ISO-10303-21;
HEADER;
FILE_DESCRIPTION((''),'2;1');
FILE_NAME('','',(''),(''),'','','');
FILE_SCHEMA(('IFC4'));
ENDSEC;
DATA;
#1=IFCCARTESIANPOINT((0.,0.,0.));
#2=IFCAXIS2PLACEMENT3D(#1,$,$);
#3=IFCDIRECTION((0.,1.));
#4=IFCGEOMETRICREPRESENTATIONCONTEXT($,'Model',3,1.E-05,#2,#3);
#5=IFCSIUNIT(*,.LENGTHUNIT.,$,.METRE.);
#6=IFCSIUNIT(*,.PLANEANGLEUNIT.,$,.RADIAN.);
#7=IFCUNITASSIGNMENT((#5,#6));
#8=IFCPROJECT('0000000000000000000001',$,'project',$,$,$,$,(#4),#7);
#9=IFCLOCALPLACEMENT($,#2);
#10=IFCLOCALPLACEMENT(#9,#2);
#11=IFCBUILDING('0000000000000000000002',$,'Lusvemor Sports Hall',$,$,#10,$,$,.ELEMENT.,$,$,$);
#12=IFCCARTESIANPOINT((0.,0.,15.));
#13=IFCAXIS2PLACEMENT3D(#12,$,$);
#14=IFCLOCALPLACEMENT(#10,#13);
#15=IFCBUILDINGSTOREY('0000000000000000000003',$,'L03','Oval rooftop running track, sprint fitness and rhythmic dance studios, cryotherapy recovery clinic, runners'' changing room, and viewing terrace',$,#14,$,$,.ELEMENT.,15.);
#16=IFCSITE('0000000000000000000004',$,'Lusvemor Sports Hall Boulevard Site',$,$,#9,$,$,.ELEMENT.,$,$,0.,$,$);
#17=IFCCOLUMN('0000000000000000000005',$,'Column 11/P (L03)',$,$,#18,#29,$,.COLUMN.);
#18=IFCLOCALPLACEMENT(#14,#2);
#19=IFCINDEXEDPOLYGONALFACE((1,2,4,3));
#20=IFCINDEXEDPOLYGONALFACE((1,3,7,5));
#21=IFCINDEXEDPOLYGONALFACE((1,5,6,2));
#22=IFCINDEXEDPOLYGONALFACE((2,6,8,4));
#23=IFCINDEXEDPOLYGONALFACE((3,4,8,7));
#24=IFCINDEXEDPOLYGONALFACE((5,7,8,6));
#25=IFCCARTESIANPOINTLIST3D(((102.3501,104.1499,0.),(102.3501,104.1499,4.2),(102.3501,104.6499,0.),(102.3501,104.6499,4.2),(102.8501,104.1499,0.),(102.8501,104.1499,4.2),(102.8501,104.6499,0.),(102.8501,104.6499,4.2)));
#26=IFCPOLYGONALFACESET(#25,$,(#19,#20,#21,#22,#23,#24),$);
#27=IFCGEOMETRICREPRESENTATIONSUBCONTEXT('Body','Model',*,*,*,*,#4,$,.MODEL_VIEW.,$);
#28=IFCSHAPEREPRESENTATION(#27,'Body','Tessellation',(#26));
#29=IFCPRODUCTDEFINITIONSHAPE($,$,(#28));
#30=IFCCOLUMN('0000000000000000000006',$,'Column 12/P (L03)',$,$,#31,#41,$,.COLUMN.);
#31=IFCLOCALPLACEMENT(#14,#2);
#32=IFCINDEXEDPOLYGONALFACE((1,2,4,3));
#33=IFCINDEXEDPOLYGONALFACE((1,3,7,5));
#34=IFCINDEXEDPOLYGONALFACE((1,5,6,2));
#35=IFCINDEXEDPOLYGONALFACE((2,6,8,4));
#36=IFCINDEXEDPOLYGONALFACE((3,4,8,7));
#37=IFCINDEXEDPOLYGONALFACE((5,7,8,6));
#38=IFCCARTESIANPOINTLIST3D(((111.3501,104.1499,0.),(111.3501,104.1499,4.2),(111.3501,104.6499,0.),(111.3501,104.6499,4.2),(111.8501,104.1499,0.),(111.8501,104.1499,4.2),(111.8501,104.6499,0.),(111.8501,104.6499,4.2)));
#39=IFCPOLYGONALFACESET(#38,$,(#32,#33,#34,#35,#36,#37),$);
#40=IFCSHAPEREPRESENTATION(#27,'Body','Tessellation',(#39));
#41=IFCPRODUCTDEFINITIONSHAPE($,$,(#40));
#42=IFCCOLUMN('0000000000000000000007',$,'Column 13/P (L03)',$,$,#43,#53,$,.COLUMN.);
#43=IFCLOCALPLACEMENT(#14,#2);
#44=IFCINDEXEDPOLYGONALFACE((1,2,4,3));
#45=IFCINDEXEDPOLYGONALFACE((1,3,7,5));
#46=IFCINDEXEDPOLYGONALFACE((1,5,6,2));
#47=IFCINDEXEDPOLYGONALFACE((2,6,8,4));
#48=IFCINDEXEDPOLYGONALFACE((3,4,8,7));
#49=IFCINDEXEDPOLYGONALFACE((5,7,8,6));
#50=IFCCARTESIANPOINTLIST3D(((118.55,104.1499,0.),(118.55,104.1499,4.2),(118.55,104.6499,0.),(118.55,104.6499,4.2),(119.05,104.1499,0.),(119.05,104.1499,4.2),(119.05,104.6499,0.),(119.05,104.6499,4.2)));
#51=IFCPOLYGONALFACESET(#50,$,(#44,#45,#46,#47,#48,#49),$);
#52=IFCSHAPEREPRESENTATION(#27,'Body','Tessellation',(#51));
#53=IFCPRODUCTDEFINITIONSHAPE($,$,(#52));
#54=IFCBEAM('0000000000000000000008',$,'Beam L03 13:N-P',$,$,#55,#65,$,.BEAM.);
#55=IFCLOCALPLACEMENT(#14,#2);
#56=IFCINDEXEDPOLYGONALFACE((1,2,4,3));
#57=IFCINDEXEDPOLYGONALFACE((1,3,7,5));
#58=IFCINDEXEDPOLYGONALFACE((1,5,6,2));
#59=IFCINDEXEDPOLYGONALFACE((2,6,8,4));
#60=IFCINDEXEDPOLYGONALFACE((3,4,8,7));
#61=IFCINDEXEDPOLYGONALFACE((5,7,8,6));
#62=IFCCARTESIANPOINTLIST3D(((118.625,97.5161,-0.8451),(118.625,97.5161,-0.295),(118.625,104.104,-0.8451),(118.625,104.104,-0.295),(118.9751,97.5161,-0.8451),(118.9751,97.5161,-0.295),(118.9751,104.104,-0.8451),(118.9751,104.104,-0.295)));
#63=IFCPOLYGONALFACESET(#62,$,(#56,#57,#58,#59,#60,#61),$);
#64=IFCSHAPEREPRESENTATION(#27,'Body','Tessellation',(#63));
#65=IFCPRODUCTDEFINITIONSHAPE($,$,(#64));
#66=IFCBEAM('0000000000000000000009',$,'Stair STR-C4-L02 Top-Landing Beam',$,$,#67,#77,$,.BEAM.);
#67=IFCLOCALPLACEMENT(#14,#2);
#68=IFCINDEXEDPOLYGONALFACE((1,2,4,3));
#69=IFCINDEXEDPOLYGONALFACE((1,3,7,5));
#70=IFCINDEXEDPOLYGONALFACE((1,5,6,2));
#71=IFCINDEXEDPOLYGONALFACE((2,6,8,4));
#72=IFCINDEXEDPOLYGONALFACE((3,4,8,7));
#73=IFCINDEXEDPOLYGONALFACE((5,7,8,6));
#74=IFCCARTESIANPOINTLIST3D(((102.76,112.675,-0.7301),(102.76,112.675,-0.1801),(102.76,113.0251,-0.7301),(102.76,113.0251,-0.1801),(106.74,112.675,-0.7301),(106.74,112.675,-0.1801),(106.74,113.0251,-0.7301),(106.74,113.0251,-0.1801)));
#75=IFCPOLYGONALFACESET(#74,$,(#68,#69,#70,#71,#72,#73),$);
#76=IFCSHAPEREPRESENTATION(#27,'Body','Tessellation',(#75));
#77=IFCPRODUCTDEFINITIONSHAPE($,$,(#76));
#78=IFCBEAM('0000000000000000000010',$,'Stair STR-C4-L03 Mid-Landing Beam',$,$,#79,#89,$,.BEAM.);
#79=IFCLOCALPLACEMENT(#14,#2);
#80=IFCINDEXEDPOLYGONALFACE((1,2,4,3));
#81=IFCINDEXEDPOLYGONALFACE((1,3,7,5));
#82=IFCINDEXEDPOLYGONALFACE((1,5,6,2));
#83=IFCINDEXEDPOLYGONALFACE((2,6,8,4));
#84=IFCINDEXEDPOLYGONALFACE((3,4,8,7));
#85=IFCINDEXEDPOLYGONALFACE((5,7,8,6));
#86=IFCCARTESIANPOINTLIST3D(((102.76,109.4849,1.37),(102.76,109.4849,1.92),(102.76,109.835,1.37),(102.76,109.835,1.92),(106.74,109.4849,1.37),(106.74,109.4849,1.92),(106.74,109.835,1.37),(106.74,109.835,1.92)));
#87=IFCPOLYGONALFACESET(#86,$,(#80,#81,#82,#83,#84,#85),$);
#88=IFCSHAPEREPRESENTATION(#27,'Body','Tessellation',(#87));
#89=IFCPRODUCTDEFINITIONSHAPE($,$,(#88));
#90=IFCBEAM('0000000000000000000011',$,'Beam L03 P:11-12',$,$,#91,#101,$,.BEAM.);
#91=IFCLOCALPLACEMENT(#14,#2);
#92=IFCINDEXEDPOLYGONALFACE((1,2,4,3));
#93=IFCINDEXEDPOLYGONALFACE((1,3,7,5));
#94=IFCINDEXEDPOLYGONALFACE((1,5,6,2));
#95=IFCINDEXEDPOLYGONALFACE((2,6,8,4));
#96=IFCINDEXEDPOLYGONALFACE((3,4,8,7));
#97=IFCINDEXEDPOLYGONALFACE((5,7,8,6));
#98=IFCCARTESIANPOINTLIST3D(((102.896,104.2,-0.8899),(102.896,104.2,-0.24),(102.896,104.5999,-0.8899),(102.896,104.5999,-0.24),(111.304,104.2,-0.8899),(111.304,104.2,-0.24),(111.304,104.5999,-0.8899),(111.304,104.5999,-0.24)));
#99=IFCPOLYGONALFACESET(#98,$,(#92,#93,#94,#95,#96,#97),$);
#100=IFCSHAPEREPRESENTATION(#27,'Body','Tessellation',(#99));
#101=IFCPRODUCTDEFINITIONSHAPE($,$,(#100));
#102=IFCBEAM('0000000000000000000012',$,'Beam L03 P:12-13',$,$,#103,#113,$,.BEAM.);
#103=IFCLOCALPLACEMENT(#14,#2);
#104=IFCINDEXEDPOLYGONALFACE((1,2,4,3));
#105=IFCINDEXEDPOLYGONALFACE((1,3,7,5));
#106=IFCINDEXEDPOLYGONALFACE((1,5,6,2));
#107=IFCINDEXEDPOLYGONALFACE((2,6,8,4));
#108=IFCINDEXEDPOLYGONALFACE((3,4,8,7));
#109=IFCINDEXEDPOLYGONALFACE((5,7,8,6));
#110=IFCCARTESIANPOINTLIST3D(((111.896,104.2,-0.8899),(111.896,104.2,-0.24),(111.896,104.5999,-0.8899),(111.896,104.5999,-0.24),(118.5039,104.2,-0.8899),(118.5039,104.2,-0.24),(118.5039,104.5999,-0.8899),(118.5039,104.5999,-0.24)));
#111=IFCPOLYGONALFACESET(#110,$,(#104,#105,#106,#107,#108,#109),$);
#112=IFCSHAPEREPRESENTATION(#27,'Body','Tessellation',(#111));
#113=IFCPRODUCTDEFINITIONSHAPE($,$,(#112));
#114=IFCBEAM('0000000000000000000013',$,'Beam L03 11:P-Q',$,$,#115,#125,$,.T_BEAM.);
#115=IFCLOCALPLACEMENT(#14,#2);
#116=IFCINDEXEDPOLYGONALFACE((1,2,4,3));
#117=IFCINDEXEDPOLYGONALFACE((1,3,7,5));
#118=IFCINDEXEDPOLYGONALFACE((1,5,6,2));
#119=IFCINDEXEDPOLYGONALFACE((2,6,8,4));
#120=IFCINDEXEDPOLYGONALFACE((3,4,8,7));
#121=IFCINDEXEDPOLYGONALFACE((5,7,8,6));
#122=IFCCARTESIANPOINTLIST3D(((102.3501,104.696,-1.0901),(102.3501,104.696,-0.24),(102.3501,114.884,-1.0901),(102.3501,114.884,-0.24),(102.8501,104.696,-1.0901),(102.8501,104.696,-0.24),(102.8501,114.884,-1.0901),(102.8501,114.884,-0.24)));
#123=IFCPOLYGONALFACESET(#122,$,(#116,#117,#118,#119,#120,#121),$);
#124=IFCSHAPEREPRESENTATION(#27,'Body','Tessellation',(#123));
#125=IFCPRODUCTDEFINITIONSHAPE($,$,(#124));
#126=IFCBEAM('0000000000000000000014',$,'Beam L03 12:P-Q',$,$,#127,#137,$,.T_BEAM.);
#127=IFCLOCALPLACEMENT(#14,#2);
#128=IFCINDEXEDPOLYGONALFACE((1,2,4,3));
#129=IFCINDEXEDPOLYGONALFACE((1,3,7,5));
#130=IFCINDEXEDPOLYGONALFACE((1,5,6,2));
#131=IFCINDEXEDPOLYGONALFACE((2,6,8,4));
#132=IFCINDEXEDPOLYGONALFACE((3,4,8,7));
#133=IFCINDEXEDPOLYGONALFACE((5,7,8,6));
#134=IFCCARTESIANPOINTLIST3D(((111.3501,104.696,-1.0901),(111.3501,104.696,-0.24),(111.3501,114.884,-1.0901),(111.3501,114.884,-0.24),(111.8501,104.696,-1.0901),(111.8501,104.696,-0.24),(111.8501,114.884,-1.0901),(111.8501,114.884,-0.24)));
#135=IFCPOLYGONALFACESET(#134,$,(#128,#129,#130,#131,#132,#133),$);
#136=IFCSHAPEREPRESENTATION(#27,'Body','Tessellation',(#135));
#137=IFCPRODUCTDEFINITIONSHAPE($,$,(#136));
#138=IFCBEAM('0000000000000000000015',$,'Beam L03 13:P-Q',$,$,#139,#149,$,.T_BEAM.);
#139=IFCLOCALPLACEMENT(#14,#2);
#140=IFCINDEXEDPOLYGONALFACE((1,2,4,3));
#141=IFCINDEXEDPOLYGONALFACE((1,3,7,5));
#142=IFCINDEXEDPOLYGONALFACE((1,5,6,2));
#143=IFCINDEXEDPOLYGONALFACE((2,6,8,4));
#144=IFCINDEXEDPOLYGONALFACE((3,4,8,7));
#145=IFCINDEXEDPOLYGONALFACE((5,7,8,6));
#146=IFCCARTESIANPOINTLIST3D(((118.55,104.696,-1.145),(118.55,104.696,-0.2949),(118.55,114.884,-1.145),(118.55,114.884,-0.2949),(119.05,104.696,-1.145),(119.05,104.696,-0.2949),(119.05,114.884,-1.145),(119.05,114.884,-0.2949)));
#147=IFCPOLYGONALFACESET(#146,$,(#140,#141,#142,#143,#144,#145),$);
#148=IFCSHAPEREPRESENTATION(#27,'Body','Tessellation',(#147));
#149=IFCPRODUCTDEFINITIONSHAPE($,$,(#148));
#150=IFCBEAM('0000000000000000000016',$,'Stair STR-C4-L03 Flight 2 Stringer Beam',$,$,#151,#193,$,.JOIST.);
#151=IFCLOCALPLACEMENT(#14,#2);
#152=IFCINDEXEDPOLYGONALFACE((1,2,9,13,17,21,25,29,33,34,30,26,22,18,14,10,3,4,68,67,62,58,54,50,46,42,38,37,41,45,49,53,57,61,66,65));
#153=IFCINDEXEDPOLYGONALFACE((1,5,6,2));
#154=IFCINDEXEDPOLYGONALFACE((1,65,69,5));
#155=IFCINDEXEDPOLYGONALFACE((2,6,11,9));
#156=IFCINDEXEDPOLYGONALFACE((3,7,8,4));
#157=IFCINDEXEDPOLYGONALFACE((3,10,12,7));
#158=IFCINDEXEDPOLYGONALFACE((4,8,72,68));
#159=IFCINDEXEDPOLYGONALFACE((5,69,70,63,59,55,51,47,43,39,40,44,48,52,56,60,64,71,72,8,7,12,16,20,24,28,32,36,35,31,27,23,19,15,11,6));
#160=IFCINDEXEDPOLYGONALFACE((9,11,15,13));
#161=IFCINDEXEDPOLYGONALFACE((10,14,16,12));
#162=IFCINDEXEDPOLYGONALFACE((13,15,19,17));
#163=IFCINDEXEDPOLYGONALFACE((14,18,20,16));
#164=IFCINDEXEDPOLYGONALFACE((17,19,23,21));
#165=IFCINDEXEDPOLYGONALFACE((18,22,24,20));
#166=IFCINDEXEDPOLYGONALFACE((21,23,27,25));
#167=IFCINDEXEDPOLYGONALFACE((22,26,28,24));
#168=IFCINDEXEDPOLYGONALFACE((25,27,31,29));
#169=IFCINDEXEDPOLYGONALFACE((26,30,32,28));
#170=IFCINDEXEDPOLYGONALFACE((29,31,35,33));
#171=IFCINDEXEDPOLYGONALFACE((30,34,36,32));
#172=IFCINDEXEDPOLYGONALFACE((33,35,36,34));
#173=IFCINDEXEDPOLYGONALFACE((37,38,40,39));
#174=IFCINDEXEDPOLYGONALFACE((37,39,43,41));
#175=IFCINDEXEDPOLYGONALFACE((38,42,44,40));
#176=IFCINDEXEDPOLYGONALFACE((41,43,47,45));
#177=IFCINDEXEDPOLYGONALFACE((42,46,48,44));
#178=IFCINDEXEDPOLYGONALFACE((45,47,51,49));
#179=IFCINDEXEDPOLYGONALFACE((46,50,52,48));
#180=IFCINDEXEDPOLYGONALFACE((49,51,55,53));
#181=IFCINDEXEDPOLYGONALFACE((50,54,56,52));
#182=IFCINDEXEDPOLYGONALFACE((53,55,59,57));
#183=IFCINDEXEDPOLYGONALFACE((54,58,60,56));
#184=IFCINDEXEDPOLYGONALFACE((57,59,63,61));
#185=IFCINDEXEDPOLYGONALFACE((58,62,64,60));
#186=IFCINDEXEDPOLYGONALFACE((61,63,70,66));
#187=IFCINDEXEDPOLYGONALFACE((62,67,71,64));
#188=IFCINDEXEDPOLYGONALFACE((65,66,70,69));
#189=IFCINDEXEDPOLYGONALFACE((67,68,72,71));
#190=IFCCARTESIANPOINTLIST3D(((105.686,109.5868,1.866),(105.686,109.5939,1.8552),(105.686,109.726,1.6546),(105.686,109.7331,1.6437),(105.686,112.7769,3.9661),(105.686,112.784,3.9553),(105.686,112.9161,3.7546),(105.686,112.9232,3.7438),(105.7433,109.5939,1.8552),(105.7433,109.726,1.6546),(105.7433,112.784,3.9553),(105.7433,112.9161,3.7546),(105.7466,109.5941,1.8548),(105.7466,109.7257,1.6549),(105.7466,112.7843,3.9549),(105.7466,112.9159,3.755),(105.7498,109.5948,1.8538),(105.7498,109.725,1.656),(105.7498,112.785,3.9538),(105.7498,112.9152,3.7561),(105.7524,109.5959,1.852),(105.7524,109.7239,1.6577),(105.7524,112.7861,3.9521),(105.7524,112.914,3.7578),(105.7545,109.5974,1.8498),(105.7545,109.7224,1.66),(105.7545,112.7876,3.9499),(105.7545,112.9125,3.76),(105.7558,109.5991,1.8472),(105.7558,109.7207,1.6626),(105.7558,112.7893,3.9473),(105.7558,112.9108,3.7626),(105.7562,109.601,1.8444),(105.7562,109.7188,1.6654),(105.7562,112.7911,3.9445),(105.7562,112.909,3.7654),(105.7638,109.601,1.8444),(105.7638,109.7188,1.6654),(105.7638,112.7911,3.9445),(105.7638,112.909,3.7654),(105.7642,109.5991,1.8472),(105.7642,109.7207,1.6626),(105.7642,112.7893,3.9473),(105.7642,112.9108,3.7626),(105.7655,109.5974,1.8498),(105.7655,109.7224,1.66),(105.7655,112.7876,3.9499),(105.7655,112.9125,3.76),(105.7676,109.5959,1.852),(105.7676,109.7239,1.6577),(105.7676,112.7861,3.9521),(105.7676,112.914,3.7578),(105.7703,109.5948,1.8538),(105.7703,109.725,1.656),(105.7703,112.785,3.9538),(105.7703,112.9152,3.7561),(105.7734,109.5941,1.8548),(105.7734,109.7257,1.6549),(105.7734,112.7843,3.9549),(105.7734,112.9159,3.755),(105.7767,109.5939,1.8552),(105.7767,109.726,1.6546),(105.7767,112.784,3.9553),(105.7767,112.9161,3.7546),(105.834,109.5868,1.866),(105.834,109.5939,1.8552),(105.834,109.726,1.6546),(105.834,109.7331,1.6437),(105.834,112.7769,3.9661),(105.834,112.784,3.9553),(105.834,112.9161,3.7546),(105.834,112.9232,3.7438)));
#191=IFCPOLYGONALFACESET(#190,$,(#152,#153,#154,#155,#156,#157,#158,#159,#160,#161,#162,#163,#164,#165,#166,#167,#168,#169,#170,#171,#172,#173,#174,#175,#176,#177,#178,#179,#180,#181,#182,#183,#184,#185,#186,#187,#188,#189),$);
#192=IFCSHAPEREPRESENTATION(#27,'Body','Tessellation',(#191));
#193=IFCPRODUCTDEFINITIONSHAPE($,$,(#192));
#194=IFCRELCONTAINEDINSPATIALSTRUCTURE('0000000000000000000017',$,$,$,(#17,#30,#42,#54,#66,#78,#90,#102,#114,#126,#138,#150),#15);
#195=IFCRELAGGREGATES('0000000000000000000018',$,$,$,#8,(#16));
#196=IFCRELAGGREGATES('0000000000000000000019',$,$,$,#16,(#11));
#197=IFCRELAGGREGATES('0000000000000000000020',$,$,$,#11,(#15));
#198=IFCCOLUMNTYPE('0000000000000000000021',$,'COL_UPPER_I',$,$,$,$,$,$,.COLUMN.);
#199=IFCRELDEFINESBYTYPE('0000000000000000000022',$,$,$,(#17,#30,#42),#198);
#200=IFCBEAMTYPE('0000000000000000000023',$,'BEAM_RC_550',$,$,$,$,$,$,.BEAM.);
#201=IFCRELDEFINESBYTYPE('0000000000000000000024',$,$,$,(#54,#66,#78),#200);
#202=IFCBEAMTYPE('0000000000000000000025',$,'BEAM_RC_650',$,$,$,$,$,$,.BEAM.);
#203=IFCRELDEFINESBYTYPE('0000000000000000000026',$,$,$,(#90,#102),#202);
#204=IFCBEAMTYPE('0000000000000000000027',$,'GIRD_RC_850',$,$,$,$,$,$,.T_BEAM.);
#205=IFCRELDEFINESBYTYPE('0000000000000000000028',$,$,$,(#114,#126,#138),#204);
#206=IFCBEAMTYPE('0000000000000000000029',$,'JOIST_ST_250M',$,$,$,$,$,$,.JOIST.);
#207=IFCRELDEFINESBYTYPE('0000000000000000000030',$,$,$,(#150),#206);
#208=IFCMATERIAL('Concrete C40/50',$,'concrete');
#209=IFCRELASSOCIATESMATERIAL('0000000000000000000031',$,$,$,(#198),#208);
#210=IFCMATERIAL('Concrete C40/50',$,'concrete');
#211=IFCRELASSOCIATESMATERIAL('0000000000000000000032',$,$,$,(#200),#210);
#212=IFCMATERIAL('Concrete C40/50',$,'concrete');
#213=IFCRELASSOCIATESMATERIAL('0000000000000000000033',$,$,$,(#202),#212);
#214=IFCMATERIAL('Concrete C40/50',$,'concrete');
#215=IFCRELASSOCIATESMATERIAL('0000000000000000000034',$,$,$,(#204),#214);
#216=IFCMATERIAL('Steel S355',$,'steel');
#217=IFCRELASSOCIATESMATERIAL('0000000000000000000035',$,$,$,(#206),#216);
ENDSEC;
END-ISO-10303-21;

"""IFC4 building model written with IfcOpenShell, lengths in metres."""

from ifc_helpers import new_model, si_unit, direction, frame, origin, origin_2d, place, context, subcontext, project, spatial, rectangle, i_section, extrude, material, material_profile, profile_set, type_object, element, save


model = new_model("IFC4")

# Units and contexts
model_context = context("Model", 3, precision=1e-05, world=origin(), true_north=direction((0.0, 1.0)))
body_context = subcontext(model_context, "Body", "Model", "MODEL_VIEW")
ifc_project = project(units=[si_unit("LENGTHUNIT", "METRE"), si_unit("PLANEANGLEUNIT", "RADIAN")], contexts=[model_context])

# Site, building, storey
site_placement = place(None, origin())
site = spatial("IfcSite", under=ifc_project, at=site_placement, Name="Lusvemor Sports Hall Boulevard Site", CompositionType="ELEMENT", RefElevation=0.0)
building_placement = place(site_placement, origin())
building = spatial("IfcBuilding", under=site, at=building_placement, Name="Lusvemor Sports Hall", CompositionType="ELEMENT")
storey_placement = place(building_placement, frame((0.0, 0.0, 15.0)))
storey = spatial("IfcBuildingStorey", under=building, at=storey_placement, Name="L03", Description="Oval rooftop running track, sprint fitness and rhythmic dance studios, cryotherapy recovery clinic, runners' changing room, and viewing terrace", CompositionType="ELEMENT", Elevation=15.0)

# Columns
ifc_material_1 = material(Name="Concrete C40/50", Category="concrete")
ifc_material_profile_1 = material_profile(ifc_material_1, rectangle(XDim=0.5, YDim=0.5, at=origin_2d()), Name="RC500x500")
ifc_profile_set_1 = profile_set([ifc_material_profile_1], Name="Concrete C40/50")
column_type = type_object("IfcColumnType", Name="COL_UPPER_I", PredefinedType="COLUMN", material=ifc_profile_set_1)
for number, where, z_axis, x_axis, name in (
    (1, (102.6001, 104.3999, 0.0), (0.0, 0.0, 1.0), (1.0, 0.0, 0.0), "Column 11/P (L03)"),
    (2, (111.6001, 104.3999, 0.0), (0.0, 0.0, 1.0), (1.0, 0.0, 0.0), "Column 12/P (L03)"),
    (3, (118.8, 104.3999, 0.0), (0.0, 0.0, 1.0), (1.0, 0.0, 0.0), "Column 13/P (L03)"),
):
    element("IfcColumn", number, at=place(storey_placement, frame(where, z_axis=z_axis, x_axis=x_axis)), inside=storey, type_object=column_type, Name=name, PredefinedType="COLUMN", context=body_context, shape_type="SweptSolid", body=[
        extrude(rectangle(XDim=0.5, YDim=0.5, at=origin_2d()), origin(), (0.0, 0.0, 1.0), 4.2),
    ])

# Beams
ifc_material_2 = material(Name="Concrete C40/50", Category="concrete")
ifc_material_profile_2 = material_profile(ifc_material_2, rectangle(XDim=0.3501, YDim=0.55, at=origin_2d()), Name="RC350x550")
ifc_profile_set_2 = profile_set([ifc_material_profile_2], Name="Concrete C40/50")
beam_type_1 = type_object("IfcBeamType", Name="BEAM_RC_550", PredefinedType="BEAM", material=ifc_profile_set_2)
beam_1_placement = place(storey_placement, frame((118.8, 97.5161, -0.5701), z_axis=(0.0, 1.0, 0.0), x_axis=(-1.0, 0.0, 0.0)))
element("IfcBeam", 4, at=beam_1_placement, inside=storey, type_object=beam_type_1, Name="Beam L03 13:N-P", PredefinedType="BEAM", context=body_context, shape_type="SweptSolid", body=[
    extrude(rectangle(XDim=0.3501, YDim=0.55, at=origin_2d()), origin(), (0.0, 0.0, 1.0), 6.5879),
])
for number, where, z_axis, x_axis, name in (
    (5, (102.76, 112.8501, -0.4551), (1.0, 0.0, 0.0), (0.0, 1.0, 0.0), "Stair STR-C4-L02 Top-Landing Beam"),
    (6, (102.76, 109.6599, 1.645), (1.0, 0.0, 0.0), (0.0, 1.0, 0.0), "Stair STR-C4-L03 Mid-Landing Beam"),
):
    element("IfcBeam", number, at=place(storey_placement, frame(where, z_axis=z_axis, x_axis=x_axis)), inside=storey, type_object=beam_type_1, Name=name, PredefinedType="BEAM", context=body_context, shape_type="SweptSolid", body=[
        extrude(rectangle(XDim=0.3501, YDim=0.55, at=origin_2d()), origin(), (0.0, 0.0, 1.0), 3.98),
    ])
ifc_material_3 = material(Name="Concrete C40/50", Category="concrete")
ifc_material_profile_3 = material_profile(ifc_material_3, rectangle(XDim=0.3999, YDim=0.6499, at=origin_2d()), Name="RC400x650")
ifc_profile_set_3 = profile_set([ifc_material_profile_3], Name="Concrete C40/50")
beam_type_2 = type_object("IfcBeamType", Name="BEAM_RC_650", PredefinedType="BEAM", material=ifc_profile_set_3)
beam_2_placement = place(storey_placement, frame((102.896, 104.3999, -0.5649), z_axis=(1.0, 0.0, 0.0), x_axis=(0.0, 1.0, 0.0)))
element("IfcBeam", 7, at=beam_2_placement, inside=storey, type_object=beam_type_2, Name="Beam L03 P:11-12", PredefinedType="BEAM", context=body_context, shape_type="SweptSolid", body=[
    extrude(rectangle(XDim=0.3999, YDim=0.6499, at=origin_2d()), origin(), (0.0, 0.0, 1.0), 8.408),
])
beam_3_placement = place(storey_placement, frame((111.896, 104.3999, -0.5649), z_axis=(1.0, 0.0, 0.0), x_axis=(0.0, 1.0, 0.0)))
element("IfcBeam", 8, at=beam_3_placement, inside=storey, type_object=beam_type_2, Name="Beam L03 P:12-13", PredefinedType="BEAM", context=body_context, shape_type="SweptSolid", body=[
    extrude(rectangle(XDim=0.3999, YDim=0.6499, at=origin_2d()), origin(), (0.0, 0.0, 1.0), 6.6079),
])
ifc_material_4 = material(Name="Concrete C40/50", Category="concrete")
ifc_material_profile_4 = material_profile(ifc_material_4, rectangle(XDim=0.5, YDim=0.8501, at=origin_2d()), Name="RC500x850")
ifc_profile_set_4 = profile_set([ifc_material_profile_4], Name="Concrete C40/50")
beam_type_3 = type_object("IfcBeamType", Name="GIRD_RC_850", PredefinedType="T_BEAM", material=ifc_profile_set_4)
for number, where, z_axis, x_axis, name in (
    (9, (102.6001, 104.696, -0.665), (0.0, 1.0, 0.0), (-1.0, 0.0, 0.0), "Beam L03 11:P-Q"),
    (10, (111.6001, 104.696, -0.665), (0.0, 1.0, 0.0), (-1.0, 0.0, 0.0), "Beam L03 12:P-Q"),
    (11, (118.8, 104.696, -0.72), (0.0, 1.0, 0.0), (-1.0, 0.0, 0.0), "Beam L03 13:P-Q"),
):
    element("IfcBeam", number, at=place(storey_placement, frame(where, z_axis=z_axis, x_axis=x_axis)), inside=storey, type_object=beam_type_3, Name=name, PredefinedType="T_BEAM", context=body_context, shape_type="SweptSolid", body=[
        extrude(rectangle(XDim=0.5, YDim=0.8501, at=origin_2d()), origin(), (0.0, 0.0, 1.0), 10.188),
    ])
ifc_material_5 = material(Name="Steel S355", Category="steel")
ifc_material_profile_5 = material_profile(ifc_material_5, i_section(OverallWidth=0.1479, OverallDepth=0.2661, WebThickness=0.0076, FlangeThickness=0.0129, FilletRadius=0.0129, at=origin_2d()), Name="W250x44.8")
ifc_profile_set_5 = profile_set([ifc_material_profile_5], Name="Steel S355")
beam_type_4 = type_object("IfcBeamType", Name="JOIST_ST_250M", PredefinedType="JOIST", material=ifc_profile_set_5)
beam_4_placement = place(storey_placement, frame((105.76, 109.6599, 1.7549), z_axis=(0.0, 0.835262, 0.549852), x_axis=(-1.0, 0.0, 0.0)))
element("IfcBeam", 12, at=beam_4_placement, inside=storey, type_object=beam_type_4, Name="Stair STR-C4-L03 Flight 2 Stringer Beam", PredefinedType="JOIST", context=body_context, shape_type="SweptSolid", body=[
    extrude(i_section(OverallWidth=0.1479, OverallDepth=0.2661, WebThickness=0.0076, FlangeThickness=0.0129, FilletRadius=0.0129, at=origin_2d()), origin(), (0.0, 0.0, 1.0), 3.8193),
])

save(model, "model.ifc")
